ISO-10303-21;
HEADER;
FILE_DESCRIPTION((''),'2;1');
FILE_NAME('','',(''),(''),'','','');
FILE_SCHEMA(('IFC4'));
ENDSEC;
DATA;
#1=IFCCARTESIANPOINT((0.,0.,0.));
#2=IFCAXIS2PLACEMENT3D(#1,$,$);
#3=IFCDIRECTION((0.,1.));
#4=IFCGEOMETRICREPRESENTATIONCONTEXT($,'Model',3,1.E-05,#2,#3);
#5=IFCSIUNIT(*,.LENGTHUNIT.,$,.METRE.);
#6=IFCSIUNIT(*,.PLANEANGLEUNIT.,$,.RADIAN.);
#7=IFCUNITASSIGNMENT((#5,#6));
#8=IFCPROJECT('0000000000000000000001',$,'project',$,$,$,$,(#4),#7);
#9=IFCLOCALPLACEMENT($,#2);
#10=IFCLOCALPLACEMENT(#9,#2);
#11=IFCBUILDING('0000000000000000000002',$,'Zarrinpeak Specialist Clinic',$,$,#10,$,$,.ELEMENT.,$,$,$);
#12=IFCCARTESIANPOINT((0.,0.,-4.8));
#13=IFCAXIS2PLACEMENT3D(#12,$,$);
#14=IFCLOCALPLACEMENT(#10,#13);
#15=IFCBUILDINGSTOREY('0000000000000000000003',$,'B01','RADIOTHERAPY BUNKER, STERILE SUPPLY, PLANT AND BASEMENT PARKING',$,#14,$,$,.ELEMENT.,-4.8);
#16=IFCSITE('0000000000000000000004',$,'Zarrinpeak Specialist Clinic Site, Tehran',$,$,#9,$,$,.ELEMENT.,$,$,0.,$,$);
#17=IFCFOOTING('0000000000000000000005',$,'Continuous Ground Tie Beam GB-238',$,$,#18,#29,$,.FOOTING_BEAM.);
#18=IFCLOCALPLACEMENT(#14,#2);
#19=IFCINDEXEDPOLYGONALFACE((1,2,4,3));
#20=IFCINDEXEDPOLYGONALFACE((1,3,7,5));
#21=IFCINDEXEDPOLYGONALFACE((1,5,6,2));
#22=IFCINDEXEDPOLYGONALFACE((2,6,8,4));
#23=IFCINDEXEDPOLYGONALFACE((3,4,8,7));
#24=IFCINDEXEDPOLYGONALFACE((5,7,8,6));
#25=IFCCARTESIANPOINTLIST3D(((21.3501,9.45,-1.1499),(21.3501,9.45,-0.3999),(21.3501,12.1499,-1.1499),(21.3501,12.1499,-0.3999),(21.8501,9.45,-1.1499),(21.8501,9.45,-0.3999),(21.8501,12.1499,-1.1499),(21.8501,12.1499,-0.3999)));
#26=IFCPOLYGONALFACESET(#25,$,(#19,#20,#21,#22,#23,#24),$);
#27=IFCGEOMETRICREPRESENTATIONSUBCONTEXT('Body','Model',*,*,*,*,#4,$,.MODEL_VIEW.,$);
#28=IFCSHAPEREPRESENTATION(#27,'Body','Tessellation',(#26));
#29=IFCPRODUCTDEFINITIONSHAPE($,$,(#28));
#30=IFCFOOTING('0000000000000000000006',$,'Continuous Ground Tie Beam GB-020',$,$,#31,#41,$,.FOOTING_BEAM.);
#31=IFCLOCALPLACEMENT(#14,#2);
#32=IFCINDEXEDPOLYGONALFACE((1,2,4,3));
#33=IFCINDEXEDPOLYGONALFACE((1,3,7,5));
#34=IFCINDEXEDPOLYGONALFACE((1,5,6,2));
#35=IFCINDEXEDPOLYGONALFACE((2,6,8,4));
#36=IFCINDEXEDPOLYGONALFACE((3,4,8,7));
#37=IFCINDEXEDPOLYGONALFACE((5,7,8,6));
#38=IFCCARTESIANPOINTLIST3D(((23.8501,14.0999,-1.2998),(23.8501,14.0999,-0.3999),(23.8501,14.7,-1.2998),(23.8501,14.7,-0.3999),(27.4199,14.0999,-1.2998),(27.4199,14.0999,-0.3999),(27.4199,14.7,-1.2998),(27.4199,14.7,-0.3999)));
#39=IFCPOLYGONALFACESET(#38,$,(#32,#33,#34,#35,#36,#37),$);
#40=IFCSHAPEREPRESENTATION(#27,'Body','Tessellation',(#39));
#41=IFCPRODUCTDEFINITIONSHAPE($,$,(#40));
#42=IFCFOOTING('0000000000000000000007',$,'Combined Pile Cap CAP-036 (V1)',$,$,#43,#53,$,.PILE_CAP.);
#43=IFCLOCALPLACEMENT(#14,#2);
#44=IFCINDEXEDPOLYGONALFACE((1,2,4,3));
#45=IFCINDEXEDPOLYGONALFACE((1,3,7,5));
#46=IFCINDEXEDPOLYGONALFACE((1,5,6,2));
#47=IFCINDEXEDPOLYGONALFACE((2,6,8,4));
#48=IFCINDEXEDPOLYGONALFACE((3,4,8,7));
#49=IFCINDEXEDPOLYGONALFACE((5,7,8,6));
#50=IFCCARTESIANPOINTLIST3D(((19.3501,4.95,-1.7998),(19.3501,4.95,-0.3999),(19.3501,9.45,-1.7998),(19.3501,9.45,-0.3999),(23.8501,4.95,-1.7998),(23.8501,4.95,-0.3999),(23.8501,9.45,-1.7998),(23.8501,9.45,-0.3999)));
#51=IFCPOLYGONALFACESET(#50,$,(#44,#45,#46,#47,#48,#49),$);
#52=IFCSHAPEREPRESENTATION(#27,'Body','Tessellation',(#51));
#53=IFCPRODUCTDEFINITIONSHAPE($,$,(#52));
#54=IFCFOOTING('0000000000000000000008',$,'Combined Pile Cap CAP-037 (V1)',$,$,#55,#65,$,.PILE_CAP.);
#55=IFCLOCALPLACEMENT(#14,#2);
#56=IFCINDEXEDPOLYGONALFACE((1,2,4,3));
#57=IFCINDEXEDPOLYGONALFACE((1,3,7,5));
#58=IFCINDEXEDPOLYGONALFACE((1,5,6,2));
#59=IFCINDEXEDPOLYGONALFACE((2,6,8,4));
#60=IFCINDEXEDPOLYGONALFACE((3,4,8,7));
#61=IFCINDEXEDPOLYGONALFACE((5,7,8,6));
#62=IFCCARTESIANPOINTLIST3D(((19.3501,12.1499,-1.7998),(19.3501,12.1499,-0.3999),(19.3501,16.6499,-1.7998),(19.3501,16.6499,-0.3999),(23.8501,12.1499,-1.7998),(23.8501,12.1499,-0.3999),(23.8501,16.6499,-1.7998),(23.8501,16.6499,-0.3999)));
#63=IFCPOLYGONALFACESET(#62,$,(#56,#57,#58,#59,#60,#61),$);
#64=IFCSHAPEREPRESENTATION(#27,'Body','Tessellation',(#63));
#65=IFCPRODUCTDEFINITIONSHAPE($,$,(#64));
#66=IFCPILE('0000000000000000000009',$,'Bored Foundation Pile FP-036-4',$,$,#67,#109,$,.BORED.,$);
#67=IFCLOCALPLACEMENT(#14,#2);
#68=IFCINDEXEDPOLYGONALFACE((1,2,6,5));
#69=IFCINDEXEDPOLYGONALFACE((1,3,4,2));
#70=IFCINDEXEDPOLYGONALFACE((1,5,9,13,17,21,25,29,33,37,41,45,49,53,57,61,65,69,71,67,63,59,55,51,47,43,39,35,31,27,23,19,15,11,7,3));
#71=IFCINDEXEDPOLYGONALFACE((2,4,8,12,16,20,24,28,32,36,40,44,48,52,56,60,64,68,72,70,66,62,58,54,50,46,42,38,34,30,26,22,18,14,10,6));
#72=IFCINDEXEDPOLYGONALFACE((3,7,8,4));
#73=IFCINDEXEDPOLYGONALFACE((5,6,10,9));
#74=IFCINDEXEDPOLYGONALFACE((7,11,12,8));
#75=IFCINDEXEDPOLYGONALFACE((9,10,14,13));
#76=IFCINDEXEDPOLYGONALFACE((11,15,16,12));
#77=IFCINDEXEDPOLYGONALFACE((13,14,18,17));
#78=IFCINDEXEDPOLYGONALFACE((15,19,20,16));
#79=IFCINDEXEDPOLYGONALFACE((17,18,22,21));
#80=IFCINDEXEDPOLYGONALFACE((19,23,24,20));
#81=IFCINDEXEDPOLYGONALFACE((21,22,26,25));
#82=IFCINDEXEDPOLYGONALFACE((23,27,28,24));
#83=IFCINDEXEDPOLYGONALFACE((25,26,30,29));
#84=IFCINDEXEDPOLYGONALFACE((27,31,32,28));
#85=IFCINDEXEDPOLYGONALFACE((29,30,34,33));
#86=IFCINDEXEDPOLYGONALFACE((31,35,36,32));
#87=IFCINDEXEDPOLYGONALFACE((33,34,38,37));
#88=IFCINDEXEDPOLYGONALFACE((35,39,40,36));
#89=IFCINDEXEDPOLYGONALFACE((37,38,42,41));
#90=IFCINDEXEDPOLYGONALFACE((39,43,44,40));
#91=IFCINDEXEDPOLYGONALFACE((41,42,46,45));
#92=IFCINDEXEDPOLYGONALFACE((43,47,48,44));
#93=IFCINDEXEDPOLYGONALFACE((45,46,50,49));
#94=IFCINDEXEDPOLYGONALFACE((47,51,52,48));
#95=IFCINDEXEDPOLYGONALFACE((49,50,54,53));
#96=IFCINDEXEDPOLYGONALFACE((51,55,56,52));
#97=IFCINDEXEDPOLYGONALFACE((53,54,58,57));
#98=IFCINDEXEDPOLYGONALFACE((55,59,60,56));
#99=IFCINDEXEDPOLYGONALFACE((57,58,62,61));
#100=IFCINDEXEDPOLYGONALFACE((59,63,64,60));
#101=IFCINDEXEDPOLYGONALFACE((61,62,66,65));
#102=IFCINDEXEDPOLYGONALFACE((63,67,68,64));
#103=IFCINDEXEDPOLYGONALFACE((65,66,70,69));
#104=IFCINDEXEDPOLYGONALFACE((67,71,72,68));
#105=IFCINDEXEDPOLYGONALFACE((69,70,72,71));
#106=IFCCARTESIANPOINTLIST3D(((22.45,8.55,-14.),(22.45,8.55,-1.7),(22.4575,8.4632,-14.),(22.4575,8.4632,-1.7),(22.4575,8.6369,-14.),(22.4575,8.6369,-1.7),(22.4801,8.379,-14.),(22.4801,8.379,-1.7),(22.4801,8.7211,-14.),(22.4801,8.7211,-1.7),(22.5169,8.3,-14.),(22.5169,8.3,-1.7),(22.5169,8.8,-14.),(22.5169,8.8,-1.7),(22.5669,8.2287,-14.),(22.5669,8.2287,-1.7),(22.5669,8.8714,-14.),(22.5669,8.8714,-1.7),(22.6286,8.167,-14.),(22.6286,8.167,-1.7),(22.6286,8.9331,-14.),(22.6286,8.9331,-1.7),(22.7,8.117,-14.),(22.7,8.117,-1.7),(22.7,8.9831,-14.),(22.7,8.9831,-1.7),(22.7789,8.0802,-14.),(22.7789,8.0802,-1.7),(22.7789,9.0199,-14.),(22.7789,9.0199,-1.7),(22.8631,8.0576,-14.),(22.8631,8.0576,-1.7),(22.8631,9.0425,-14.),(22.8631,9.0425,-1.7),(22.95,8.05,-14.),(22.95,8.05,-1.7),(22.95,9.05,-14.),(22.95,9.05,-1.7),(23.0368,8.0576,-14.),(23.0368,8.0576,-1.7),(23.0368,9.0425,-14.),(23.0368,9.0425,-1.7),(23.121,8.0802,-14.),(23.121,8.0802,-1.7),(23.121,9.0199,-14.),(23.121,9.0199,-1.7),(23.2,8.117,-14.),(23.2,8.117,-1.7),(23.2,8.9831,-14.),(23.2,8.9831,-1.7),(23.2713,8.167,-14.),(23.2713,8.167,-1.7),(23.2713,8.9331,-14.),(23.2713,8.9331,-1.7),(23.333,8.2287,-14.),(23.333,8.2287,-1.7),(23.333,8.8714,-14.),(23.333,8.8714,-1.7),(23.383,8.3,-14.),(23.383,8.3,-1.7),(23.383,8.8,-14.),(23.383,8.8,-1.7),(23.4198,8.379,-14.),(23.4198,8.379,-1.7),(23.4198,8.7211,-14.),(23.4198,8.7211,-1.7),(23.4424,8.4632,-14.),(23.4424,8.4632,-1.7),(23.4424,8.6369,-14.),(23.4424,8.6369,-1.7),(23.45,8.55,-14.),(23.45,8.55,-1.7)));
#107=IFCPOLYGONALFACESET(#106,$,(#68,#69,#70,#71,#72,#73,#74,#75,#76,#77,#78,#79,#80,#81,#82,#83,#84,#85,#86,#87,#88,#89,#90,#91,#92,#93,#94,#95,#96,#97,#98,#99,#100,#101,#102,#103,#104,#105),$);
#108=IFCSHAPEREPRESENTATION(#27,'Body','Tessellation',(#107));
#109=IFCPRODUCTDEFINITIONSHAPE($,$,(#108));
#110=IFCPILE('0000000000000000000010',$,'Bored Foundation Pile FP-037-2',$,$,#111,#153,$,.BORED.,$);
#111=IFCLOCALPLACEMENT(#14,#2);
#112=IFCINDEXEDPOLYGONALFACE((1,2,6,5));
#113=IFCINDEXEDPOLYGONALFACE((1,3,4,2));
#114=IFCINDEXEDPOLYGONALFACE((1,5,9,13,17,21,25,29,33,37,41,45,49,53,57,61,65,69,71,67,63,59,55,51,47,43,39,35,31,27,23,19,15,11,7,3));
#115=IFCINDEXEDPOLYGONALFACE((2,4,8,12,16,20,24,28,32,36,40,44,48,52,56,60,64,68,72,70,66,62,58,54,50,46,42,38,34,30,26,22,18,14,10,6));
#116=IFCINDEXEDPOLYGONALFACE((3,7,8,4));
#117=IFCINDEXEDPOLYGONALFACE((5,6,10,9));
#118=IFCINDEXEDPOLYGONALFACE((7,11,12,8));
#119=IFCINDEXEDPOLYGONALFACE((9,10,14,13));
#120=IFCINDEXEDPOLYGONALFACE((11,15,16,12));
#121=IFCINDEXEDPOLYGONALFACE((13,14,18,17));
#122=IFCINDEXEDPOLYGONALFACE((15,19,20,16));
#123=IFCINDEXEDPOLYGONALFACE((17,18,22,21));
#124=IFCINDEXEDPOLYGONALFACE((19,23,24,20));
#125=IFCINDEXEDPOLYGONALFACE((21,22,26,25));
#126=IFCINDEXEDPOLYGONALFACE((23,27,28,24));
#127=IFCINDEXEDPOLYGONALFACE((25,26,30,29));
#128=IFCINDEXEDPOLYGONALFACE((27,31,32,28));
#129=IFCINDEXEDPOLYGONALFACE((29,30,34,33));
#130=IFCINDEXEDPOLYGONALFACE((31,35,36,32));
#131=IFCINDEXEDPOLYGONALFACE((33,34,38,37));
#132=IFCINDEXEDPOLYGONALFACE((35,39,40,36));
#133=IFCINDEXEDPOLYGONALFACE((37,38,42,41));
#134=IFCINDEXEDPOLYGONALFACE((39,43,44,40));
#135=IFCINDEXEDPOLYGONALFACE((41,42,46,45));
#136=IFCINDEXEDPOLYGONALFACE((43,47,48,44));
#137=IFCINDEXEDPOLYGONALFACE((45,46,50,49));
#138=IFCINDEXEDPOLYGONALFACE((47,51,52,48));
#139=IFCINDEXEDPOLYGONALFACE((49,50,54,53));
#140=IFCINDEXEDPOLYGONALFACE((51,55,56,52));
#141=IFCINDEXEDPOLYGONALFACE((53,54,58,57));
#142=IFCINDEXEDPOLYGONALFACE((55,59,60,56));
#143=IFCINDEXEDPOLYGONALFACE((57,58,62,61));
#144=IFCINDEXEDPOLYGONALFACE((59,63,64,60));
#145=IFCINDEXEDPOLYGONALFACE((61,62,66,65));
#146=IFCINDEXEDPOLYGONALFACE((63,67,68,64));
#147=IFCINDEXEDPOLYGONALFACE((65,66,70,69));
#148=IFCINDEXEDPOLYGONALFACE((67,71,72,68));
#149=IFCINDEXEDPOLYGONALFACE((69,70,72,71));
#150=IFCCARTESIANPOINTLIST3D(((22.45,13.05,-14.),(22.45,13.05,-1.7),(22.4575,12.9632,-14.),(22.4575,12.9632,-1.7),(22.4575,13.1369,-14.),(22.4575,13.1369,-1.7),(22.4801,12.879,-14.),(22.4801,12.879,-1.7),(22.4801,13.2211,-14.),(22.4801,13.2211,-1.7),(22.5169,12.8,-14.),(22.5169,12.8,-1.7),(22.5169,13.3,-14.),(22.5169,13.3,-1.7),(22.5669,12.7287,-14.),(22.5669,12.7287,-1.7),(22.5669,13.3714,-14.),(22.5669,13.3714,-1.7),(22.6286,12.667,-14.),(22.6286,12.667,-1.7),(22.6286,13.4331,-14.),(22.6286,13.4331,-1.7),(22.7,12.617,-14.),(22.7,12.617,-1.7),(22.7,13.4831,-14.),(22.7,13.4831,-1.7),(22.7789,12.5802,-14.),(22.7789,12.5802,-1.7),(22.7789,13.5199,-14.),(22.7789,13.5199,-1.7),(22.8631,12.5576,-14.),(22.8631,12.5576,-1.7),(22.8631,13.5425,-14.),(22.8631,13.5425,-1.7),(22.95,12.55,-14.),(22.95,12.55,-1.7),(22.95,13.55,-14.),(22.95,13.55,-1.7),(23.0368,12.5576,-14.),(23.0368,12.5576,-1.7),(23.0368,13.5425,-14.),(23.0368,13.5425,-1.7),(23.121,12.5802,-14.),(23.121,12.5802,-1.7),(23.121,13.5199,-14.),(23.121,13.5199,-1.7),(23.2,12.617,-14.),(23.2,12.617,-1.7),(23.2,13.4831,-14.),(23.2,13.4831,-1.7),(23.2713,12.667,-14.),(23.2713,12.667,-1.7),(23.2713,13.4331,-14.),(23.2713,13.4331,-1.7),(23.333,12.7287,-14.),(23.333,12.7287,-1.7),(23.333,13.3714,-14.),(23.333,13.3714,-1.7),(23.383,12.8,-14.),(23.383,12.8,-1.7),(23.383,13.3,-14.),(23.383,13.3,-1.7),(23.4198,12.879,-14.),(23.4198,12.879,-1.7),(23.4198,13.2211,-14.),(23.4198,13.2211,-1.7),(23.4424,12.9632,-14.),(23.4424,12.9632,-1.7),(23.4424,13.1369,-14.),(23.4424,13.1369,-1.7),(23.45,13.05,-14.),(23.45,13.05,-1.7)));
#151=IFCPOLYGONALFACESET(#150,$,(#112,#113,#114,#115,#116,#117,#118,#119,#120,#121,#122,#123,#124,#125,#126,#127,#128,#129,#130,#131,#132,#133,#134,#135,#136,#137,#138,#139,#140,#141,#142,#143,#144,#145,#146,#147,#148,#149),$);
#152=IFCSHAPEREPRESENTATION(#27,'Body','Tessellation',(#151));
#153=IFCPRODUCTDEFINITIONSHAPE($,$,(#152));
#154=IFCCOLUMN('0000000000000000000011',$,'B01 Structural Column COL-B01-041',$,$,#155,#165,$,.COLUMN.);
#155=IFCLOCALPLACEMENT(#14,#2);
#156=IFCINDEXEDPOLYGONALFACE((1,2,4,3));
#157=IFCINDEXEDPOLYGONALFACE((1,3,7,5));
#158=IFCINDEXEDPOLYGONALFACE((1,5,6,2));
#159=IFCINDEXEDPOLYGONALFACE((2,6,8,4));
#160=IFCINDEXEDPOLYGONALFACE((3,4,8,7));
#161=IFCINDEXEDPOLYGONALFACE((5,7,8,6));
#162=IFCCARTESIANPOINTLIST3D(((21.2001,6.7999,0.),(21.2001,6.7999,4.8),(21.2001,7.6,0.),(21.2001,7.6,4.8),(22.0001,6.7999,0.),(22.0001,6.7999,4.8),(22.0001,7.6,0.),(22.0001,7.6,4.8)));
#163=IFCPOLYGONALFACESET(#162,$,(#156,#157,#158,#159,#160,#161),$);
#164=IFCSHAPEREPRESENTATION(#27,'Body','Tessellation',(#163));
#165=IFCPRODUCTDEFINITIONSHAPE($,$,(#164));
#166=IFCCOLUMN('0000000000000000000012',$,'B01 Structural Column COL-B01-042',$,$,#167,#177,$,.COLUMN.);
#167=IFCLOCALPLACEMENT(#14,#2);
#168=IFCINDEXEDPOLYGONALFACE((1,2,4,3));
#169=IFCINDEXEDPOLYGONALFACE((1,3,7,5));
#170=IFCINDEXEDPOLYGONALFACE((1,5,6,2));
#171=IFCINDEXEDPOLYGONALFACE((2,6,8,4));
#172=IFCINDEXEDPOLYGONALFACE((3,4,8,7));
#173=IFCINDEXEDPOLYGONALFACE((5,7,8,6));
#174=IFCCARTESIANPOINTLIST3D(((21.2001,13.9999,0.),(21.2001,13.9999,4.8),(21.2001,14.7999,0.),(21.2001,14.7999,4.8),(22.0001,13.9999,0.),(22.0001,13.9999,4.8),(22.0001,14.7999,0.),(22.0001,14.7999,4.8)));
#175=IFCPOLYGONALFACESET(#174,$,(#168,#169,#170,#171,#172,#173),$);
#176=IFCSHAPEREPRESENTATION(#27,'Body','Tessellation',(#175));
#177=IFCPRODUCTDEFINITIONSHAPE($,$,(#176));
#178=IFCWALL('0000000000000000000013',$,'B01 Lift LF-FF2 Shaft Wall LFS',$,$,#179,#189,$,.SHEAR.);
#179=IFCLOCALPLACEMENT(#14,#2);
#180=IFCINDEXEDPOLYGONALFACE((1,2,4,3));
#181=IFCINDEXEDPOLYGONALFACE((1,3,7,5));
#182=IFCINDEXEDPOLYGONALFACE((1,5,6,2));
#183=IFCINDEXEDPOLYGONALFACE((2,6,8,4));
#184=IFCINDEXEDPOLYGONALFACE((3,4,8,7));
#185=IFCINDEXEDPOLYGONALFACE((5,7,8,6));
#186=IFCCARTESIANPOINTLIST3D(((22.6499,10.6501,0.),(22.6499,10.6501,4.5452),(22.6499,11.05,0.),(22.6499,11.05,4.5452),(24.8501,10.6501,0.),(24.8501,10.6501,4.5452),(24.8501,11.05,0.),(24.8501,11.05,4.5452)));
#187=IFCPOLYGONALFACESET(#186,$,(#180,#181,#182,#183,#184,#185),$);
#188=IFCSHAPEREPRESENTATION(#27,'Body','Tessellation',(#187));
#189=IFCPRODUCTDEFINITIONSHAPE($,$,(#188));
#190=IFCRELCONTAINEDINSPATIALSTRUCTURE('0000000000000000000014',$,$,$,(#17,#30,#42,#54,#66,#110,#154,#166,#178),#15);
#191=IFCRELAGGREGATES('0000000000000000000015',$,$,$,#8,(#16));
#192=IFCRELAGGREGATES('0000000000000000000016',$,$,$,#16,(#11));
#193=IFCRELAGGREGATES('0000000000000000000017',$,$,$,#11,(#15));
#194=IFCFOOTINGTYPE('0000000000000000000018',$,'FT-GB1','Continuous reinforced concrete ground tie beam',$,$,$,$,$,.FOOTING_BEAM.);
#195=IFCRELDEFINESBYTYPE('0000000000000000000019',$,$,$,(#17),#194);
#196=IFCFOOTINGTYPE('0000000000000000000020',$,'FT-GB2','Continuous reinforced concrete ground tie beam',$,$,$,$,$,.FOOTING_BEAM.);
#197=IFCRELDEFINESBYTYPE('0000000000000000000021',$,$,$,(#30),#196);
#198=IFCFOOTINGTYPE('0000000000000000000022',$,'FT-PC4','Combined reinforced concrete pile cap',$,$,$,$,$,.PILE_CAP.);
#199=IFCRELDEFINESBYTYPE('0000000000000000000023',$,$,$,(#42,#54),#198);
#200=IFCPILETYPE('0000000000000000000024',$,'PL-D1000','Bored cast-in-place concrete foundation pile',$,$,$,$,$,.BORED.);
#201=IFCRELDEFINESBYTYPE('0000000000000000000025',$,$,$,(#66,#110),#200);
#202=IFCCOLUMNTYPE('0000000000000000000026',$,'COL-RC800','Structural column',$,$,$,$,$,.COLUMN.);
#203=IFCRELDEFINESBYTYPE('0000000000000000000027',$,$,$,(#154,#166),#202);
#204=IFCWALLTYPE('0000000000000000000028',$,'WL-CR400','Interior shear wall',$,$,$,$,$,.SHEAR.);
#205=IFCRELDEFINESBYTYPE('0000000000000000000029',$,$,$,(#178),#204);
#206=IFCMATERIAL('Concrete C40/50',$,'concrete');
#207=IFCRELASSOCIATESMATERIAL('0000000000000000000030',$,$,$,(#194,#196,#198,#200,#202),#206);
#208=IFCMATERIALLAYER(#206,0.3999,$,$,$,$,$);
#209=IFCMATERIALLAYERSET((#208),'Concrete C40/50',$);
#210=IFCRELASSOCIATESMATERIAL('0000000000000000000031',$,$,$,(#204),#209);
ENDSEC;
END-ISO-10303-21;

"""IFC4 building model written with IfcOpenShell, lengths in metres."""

from ifc_helpers import new_model, si_unit, direction, frame, frame_2d, origin, origin_2d, place, context, subcontext, project, spatial, rectangle, circle, extrude, material, layer, layer_set, material_profile, profile_set, type_object, element, save


model = new_model("IFC4")

# Units and contexts
model_context = context("Model", 3, precision=1e-05, world=origin(), true_north=direction((0.0, 1.0)))
body_context = subcontext(model_context, "Body", "Model", "MODEL_VIEW")
ifc_project = project(units=[si_unit("LENGTHUNIT", "METRE"), si_unit("PLANEANGLEUNIT", "RADIAN")], contexts=[model_context])

# Site, building, storey
site_placement = place(None, origin())
site = spatial("IfcSite", under=ifc_project, at=site_placement, Name="Zarrinpeak Specialist Clinic Site, Tehran", CompositionType="ELEMENT", RefElevation=0.0)
building_placement = place(site_placement, origin())
building = spatial("IfcBuilding", under=site, at=building_placement, Name="Zarrinpeak Specialist Clinic", CompositionType="ELEMENT")
storey_placement = place(building_placement, frame((0.0, 0.0, -4.8)))
storey = spatial("IfcBuildingStorey", under=building, at=storey_placement, Name="B01", Description="RADIOTHERAPY BUNKER, STERILE SUPPLY, PLANT AND BASEMENT PARKING", CompositionType="ELEMENT", Elevation=-4.8)

# Footings
ifc_material_1 = material(Name="Concrete C40/50", Category="concrete")
ifc_material_profile_1 = material_profile(ifc_material_1, rectangle(XDim=0.5, YDim=0.75, at=origin_2d()), Name="RC 500x750")
ifc_profile_set_1 = profile_set([ifc_material_profile_1], Name="Concrete C40/50")
footing_type_1 = type_object("IfcFootingType", Name="FT-GB1", Description="Continuous reinforced concrete ground tie beam", PredefinedType="FOOTING_BEAM", material=ifc_profile_set_1)
footing_1_placement = place(storey_placement, frame((21.6001, 9.45, -0.7749), z_axis=(0.0, 1.0, 0.0), x_axis=(-1.0, 0.0, 0.0)))
element("IfcFooting", 1, at=footing_1_placement, inside=storey, type_object=footing_type_1, Name="Continuous Ground Tie Beam GB-238", PredefinedType="FOOTING_BEAM", context=body_context, shape_type="SweptSolid", body=[
    extrude(rectangle(XDim=0.5, YDim=0.75, at=origin_2d()), origin(), (0.0, 0.0, 1.0), 2.7),
])
ifc_material_profile_2 = material_profile(ifc_material_1, rectangle(XDim=0.6001, YDim=0.8999, at=origin_2d()), Name="RC 600x900")
ifc_profile_set_2 = profile_set([ifc_material_profile_2], Name="Concrete C40/50")
footing_type_2 = type_object("IfcFootingType", Name="FT-GB2", Description="Continuous reinforced concrete ground tie beam", PredefinedType="FOOTING_BEAM", material=ifc_profile_set_2)
footing_2_placement = place(storey_placement, frame((23.8501, 14.3999, -0.8499), z_axis=(1.0, 0.0, 0.0), x_axis=(0.0, 1.0, 0.0)))
element("IfcFooting", 2, at=footing_2_placement, inside=storey, type_object=footing_type_2, Name="Continuous Ground Tie Beam GB-020", PredefinedType="FOOTING_BEAM", context=body_context, shape_type="SweptSolid", body=[
    extrude(rectangle(XDim=0.6001, YDim=0.8999, at=origin_2d()), origin(), (0.0, 0.0, 1.0), 3.5698),
])
footing_type_3 = type_object("IfcFootingType", Name="FT-PC4", Description="Combined reinforced concrete pile cap", PredefinedType="PILE_CAP", material=ifc_material_1)
for number, where, z_axis, x_axis, name in (
    (3, (21.6001, 7.2, -1.7998), (0.0, 0.0, 1.0), (1.0, 0.0, 0.0), "Combined Pile Cap CAP-036 (V1)"),
    (4, (21.6001, 14.3999, -1.7998), (0.0, 0.0, 1.0), (1.0, 0.0, 0.0), "Combined Pile Cap CAP-037 (V1)"),
):
    element("IfcFooting", number, at=place(storey_placement, frame(where, z_axis=z_axis, x_axis=x_axis)), inside=storey, type_object=footing_type_3, Name=name, PredefinedType="PILE_CAP", context=body_context, shape_type="SweptSolid", body=[
        extrude(rectangle(XDim=4.5, YDim=4.5, at=origin_2d()), origin(), (0.0, 0.0, 1.0), 1.3999),
    ])

# Piles
ifc_material_profile_3 = material_profile(ifc_material_1, circle(Radius=0.5, at=origin_2d()), Name="BORED PILE D1000")
ifc_profile_set_3 = profile_set([ifc_material_profile_3], Name="Concrete C40/50")
pile_type = type_object("IfcPileType", Name="PL-D1000", Description="Bored cast-in-place concrete foundation pile", PredefinedType="BORED", material=ifc_profile_set_3)
for number, where, z_axis, x_axis, name in (
    (5, (22.95, 8.55, -1.7), (0.0, 0.0, -1.0), (1.0, 0.0, 0.0), "Bored Foundation Pile FP-036-4"),
    (6, (22.95, 13.05, -1.7), (0.0, 0.0, -1.0), (1.0, 0.0, 0.0), "Bored Foundation Pile FP-037-2"),
):
    element("IfcPile", number, at=place(storey_placement, frame(where, z_axis=z_axis, x_axis=x_axis)), inside=storey, type_object=pile_type, Name=name, PredefinedType="BORED", context=body_context, shape_type="SweptSolid", body=[
        extrude(circle(Radius=0.5, at=origin_2d()), origin(), (0.0, 0.0, 1.0), 12.3),
    ])

# Columns
ifc_material_profile_4 = material_profile(ifc_material_1, rectangle(XDim=0.8, YDim=0.8, at=origin_2d()), Name="RC 800x800")
ifc_profile_set_4 = profile_set([ifc_material_profile_4], Name="Concrete C40/50")
column_type = type_object("IfcColumnType", Name="COL-RC800", Description="Structural column", PredefinedType="COLUMN", material=ifc_profile_set_4)
for number, where, z_axis, x_axis, name in (
    (7, (21.6001, 7.2, 0.0), (0.0, 0.0, 1.0), (1.0, 0.0, 0.0), "B01 Structural Column COL-B01-041"),
    (8, (21.6001, 14.3999, 0.0), (0.0, 0.0, 1.0), (1.0, 0.0, 0.0), "B01 Structural Column COL-B01-042"),
):
    element("IfcColumn", number, at=place(storey_placement, frame(where, z_axis=z_axis, x_axis=x_axis)), inside=storey, type_object=column_type, Name=name, PredefinedType="COLUMN", context=body_context, shape_type="SweptSolid", body=[
        extrude(rectangle(XDim=0.8, YDim=0.8, at=origin_2d()), origin(), (0.0, 0.0, 1.0), 4.8),
    ])

# Shared definitions
ifc_layer_1 = layer(ifc_material_1, 0.3999)
ifc_layer_set_1 = layer_set([ifc_layer_1], Name="Concrete C40/50")
wall_type = type_object("IfcWallType", Name="WL-CR400", Description="Interior shear wall", PredefinedType="SHEAR", material=ifc_layer_set_1)

# Wall
wall_1_placement = place(storey_placement, frame((22.6499, 10.8501, 0.0), z_axis=(0.0, 0.0, 1.0), x_axis=(1.0, 0.0, 0.0)))
element("IfcWall", 9, at=wall_1_placement, inside=storey, type_object=wall_type, Name="B01 Lift LF-FF2 Shaft Wall LFS", PredefinedType="SHEAR", context=body_context, shape_type="SweptSolid", body=[
    extrude(rectangle(XDim=2.2002, YDim=0.3999, at=frame_2d((1.1001, 0.0))), origin(), (0.0, 0.0, 1.0), 4.5452),
])

save(model, "model.ifc")
